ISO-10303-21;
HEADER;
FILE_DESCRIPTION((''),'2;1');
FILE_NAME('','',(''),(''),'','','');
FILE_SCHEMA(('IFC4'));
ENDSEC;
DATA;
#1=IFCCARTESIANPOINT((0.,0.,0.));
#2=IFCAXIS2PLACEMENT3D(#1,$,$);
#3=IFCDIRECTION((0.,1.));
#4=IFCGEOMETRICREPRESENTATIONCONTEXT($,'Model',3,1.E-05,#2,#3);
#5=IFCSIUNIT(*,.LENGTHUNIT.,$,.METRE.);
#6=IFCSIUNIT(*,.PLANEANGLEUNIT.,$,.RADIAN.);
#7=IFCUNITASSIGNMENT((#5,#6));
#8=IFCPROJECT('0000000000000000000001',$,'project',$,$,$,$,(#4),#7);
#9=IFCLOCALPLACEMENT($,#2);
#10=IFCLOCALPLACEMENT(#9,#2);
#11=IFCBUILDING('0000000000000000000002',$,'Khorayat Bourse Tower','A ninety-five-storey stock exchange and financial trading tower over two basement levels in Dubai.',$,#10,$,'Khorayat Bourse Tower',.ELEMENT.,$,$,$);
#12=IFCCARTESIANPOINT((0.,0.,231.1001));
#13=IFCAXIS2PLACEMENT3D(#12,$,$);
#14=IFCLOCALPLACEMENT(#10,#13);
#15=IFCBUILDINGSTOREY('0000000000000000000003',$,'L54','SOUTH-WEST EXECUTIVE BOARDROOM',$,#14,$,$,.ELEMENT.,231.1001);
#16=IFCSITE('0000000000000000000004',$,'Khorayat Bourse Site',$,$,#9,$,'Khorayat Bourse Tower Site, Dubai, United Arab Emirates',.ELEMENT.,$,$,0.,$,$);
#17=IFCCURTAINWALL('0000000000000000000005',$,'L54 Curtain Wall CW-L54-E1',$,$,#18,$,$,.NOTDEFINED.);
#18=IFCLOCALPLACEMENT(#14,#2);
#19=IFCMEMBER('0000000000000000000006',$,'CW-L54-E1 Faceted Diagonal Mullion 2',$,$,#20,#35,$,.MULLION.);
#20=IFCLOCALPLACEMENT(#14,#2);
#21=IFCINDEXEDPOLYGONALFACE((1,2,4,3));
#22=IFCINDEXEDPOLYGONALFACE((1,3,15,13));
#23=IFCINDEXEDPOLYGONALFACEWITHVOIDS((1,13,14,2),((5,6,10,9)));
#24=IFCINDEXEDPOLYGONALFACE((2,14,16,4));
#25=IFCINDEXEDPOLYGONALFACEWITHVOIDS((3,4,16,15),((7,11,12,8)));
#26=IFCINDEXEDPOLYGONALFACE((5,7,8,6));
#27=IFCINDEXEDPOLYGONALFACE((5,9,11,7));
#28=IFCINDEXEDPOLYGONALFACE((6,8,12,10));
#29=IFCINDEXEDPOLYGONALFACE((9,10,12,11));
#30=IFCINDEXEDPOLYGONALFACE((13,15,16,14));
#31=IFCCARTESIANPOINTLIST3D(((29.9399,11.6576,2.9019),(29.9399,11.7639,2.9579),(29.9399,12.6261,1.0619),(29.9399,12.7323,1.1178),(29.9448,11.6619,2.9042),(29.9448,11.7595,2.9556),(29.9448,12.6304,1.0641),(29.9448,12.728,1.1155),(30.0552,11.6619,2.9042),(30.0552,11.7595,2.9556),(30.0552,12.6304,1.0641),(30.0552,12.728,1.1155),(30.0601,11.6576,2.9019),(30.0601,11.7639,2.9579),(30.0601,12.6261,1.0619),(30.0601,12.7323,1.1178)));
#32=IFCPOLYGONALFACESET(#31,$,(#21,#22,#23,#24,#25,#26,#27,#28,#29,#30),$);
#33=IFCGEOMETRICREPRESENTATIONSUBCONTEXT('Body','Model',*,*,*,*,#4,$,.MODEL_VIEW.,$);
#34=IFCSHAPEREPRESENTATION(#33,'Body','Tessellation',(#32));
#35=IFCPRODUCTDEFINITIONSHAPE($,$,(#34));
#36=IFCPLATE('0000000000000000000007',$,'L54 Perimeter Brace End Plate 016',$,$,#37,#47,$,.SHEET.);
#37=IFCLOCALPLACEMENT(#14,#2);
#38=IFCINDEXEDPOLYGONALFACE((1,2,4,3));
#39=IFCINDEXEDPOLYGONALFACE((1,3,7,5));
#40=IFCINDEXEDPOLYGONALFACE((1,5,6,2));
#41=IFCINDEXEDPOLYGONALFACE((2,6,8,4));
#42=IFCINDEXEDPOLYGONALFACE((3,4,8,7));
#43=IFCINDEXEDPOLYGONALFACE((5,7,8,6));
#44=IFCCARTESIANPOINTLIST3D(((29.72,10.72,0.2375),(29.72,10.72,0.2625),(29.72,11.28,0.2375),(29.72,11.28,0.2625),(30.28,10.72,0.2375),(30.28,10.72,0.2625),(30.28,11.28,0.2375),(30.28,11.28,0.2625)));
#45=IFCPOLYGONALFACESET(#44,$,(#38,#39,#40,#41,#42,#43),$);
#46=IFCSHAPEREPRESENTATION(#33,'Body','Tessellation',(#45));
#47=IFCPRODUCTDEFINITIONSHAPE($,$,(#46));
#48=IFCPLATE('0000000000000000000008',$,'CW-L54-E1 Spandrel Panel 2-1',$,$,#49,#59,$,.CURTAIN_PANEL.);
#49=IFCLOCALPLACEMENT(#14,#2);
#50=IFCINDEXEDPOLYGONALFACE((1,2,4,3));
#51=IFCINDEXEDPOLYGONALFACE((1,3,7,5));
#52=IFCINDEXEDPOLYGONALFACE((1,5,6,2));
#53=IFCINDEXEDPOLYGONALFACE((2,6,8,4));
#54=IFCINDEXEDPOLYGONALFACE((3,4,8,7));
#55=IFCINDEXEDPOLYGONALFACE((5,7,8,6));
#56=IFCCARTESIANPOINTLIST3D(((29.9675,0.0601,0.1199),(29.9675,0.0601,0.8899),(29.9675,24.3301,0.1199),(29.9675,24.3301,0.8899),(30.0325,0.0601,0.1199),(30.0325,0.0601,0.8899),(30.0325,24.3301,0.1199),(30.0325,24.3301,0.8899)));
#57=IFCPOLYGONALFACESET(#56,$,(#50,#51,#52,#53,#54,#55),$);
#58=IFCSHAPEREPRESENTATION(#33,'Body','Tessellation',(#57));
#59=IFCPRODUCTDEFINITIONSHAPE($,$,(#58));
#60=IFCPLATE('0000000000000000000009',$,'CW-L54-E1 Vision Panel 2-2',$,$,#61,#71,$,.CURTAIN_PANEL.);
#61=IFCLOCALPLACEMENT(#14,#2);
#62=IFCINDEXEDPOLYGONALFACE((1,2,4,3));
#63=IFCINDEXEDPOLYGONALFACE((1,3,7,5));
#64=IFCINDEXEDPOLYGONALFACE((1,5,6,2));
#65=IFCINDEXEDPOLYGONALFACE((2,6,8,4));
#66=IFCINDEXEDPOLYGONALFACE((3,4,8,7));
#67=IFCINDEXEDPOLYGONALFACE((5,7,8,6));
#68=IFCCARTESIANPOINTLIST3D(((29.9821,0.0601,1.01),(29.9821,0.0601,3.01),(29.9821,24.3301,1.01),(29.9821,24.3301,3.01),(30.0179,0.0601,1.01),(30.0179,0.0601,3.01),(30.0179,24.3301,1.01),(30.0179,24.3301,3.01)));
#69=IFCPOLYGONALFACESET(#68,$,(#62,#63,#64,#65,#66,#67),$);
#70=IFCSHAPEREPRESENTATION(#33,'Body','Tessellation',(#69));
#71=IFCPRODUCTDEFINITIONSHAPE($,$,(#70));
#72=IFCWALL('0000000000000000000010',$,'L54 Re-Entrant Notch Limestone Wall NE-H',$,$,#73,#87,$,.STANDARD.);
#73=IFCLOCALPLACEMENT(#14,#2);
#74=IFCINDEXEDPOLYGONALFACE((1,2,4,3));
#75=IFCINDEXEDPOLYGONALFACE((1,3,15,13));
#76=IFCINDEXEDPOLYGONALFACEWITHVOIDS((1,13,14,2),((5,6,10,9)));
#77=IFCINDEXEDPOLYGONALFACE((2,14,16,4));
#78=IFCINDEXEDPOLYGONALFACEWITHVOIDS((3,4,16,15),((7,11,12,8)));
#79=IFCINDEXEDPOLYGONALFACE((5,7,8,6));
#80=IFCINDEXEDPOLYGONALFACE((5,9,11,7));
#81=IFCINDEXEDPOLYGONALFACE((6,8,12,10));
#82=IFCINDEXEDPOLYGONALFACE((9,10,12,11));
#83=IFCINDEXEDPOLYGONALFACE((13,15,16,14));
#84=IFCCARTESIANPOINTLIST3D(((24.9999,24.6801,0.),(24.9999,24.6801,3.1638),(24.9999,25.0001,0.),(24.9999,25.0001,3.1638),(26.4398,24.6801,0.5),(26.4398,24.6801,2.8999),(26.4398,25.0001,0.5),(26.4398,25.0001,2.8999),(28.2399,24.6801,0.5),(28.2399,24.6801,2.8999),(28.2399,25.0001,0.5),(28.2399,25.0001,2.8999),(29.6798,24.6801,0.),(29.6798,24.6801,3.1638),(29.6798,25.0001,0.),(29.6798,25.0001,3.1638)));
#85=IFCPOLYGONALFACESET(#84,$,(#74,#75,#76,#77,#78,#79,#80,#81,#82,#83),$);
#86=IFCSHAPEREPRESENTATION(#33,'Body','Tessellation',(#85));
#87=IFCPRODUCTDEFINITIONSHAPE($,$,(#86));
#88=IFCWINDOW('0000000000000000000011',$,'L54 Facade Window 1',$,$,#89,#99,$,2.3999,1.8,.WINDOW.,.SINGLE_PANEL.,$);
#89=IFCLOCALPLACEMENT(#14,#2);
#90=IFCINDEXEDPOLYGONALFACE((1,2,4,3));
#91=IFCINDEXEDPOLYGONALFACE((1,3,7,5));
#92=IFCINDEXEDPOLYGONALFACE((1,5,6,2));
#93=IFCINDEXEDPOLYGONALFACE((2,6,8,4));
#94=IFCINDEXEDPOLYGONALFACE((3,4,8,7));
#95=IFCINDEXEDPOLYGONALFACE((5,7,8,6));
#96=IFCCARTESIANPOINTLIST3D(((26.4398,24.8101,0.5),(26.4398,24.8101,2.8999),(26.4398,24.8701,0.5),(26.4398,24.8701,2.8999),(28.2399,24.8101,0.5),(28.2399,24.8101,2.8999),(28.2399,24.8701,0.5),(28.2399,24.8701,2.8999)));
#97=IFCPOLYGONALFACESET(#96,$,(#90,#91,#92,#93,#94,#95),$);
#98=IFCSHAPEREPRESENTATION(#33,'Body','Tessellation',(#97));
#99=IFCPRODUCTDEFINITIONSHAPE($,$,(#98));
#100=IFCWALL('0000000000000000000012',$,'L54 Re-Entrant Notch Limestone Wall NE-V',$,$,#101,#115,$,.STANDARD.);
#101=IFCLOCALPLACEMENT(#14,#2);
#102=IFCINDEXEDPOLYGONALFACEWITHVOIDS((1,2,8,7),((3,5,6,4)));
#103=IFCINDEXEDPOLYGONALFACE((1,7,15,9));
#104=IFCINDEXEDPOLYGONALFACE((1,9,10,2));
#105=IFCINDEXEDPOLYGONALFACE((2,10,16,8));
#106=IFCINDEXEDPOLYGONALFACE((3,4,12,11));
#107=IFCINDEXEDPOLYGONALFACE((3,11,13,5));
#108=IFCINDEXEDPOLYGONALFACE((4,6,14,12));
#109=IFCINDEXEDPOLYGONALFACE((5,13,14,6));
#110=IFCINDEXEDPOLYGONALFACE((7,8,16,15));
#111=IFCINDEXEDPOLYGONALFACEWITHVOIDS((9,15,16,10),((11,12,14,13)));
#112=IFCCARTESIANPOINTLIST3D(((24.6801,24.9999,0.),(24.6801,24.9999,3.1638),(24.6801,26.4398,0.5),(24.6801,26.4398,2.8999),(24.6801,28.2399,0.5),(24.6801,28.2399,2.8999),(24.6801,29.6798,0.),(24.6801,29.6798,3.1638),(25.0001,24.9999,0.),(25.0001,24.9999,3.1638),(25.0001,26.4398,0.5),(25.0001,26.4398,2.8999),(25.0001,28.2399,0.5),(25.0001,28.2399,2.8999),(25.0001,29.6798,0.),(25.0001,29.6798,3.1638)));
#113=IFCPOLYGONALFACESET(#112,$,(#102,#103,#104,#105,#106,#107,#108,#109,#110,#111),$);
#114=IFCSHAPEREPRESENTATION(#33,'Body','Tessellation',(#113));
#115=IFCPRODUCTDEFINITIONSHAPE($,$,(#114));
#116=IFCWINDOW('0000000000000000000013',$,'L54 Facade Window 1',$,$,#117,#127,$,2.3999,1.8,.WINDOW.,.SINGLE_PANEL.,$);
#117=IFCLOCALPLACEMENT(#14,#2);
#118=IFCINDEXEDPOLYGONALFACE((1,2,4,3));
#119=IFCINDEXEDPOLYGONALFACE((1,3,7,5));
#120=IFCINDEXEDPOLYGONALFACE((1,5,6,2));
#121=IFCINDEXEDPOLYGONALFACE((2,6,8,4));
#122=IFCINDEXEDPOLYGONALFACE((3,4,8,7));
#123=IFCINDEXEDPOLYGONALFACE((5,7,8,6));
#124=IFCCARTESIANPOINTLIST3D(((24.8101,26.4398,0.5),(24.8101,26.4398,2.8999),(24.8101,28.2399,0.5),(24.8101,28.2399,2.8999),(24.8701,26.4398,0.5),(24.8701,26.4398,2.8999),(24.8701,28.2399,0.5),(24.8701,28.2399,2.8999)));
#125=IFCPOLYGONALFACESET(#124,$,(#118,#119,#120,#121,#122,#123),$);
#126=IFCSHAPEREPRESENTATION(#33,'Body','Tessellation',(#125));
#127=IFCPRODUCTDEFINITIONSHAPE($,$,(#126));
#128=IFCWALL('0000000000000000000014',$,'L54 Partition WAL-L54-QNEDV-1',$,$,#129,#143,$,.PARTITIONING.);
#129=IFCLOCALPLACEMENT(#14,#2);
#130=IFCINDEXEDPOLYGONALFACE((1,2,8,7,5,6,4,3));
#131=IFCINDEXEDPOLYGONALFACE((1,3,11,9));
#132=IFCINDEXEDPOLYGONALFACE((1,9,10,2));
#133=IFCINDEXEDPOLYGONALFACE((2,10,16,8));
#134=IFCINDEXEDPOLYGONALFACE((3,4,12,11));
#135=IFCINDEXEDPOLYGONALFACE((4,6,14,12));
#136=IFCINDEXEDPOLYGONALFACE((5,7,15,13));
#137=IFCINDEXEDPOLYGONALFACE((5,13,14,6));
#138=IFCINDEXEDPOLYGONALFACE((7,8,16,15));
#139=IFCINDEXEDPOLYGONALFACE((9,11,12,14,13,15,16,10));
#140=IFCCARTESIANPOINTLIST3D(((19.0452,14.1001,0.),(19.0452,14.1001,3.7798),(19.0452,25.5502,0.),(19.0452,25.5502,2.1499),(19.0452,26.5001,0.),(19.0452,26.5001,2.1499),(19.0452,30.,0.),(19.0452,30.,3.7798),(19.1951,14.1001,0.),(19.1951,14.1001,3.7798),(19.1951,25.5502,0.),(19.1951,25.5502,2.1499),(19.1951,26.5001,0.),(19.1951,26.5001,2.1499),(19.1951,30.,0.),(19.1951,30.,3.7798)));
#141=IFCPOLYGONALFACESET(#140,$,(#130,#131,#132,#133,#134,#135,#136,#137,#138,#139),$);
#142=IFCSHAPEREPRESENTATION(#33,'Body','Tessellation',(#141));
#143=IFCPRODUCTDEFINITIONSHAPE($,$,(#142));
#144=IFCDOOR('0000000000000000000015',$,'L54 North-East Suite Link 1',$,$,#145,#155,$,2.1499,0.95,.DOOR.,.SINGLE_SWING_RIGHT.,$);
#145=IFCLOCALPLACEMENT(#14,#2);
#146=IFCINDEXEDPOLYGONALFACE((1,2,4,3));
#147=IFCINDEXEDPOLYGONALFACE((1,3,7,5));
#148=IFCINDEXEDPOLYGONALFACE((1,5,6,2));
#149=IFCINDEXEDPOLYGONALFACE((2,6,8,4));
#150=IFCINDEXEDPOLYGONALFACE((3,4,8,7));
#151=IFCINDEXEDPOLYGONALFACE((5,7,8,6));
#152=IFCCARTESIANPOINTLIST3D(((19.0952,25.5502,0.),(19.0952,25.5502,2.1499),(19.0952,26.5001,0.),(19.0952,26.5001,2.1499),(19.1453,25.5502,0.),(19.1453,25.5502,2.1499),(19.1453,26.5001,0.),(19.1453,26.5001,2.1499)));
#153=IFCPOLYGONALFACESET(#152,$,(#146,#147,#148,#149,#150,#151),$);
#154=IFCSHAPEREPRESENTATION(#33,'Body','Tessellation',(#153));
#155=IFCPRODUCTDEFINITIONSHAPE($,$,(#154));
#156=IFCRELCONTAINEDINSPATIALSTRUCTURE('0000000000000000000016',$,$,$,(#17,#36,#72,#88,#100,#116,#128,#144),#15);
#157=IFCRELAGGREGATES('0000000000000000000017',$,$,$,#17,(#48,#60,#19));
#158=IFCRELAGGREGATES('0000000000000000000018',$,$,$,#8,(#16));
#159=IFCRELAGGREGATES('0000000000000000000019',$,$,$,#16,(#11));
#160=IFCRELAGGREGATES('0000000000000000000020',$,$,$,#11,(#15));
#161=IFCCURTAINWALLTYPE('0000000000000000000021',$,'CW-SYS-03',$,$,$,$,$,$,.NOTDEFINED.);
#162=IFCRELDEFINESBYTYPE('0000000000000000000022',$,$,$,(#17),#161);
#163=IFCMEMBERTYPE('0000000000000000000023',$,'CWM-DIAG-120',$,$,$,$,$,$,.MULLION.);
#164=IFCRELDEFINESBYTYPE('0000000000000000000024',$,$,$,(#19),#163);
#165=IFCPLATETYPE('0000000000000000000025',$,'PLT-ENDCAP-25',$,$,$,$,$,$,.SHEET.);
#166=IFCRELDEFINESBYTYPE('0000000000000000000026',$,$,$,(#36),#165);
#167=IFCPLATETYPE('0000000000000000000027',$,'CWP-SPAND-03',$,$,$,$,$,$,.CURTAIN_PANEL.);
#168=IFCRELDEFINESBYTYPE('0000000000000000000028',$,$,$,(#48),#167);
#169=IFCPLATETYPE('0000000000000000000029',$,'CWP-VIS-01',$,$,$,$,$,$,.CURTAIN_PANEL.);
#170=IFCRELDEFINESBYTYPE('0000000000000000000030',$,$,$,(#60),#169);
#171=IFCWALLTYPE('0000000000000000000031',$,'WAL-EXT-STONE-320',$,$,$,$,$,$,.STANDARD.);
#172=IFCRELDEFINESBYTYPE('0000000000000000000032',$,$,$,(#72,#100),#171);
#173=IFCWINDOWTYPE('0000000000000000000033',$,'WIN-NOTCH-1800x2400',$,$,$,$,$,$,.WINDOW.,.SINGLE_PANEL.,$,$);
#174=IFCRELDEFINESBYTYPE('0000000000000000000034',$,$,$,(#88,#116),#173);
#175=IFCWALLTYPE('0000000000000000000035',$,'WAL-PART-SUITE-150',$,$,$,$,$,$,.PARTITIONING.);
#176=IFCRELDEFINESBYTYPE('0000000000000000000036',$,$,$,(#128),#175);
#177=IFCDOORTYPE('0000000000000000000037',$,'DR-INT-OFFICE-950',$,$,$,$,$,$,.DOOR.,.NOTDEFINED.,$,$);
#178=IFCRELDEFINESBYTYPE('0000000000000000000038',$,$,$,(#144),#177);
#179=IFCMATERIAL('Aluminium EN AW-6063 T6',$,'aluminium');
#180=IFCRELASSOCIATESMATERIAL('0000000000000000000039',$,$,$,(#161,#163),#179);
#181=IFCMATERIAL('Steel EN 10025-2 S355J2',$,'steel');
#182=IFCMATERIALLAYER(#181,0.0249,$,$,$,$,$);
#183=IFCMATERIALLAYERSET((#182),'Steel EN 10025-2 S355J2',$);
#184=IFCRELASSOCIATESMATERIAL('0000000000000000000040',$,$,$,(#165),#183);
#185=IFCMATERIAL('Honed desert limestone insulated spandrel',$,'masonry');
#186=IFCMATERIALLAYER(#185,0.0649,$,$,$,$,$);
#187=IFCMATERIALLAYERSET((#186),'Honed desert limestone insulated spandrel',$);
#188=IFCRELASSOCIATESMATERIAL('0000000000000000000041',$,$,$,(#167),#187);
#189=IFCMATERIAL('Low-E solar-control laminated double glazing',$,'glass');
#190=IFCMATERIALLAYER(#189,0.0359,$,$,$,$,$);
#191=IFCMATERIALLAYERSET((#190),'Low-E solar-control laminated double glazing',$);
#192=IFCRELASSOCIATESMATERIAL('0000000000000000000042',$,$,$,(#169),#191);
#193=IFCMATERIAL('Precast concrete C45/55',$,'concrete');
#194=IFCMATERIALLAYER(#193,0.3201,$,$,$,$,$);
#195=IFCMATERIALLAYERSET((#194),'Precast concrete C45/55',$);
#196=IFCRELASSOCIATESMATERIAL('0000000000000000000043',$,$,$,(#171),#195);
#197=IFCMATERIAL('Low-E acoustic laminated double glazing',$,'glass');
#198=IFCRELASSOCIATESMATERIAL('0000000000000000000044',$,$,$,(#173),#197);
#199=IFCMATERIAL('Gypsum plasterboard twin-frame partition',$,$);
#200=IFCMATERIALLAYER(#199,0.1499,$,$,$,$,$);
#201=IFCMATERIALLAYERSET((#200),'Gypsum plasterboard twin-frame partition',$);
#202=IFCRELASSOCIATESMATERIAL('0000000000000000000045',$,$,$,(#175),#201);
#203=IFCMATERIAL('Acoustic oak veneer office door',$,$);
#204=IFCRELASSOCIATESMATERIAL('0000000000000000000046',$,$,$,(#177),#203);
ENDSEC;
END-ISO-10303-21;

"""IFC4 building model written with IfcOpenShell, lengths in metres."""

from ifc_helpers import new_model, si_unit, direction, frame, frame_2d, origin, origin_2d, place, context, subcontext, project, spatial, rectangle, hollow_rectangle, extrude, source, transform, mapped, material, layer, layer_set, material_profile, profile_set, type_object, element, fill, aggregate, save


model = new_model("IFC4")

# Units and contexts
model_context = context("Model", 3, precision=1e-05, world=origin(), true_north=direction((0.0, 1.0)))
body_context = subcontext(model_context, "Body", "Model", "MODEL_VIEW")
ifc_project = project(units=[si_unit("LENGTHUNIT", "METRE"), si_unit("PLANEANGLEUNIT", "RADIAN")], contexts=[model_context])

# Site, building, storey
site_placement = place(None, origin())
site = spatial("IfcSite", under=ifc_project, at=site_placement, Name="Khorayat Bourse Site", LongName="Khorayat Bourse Tower Site, Dubai, United Arab Emirates", CompositionType="ELEMENT", RefElevation=0.0)
building_placement = place(site_placement, origin())
building = spatial("IfcBuilding", under=site, at=building_placement, Name="Khorayat Bourse Tower", Description="A ninety-five-storey stock exchange and financial trading tower over two basement levels in Dubai.", LongName="Khorayat Bourse Tower", CompositionType="ELEMENT")
storey_placement = place(building_placement, frame((0.0, 0.0, 231.1001)))
storey = spatial("IfcBuildingStorey", under=building, at=storey_placement, Name="L54", Description="SOUTH-WEST EXECUTIVE BOARDROOM", CompositionType="ELEMENT", Elevation=231.1001)

# Shared definitions
ifc_material_1 = material(Name="Aluminium EN AW-6063 T6", Category="aluminium")
curtain_wall_type = type_object("IfcCurtainWallType", Name="CW-SYS-03", PredefinedType="NOTDEFINED", material=ifc_material_1)

# Curtain wall, member
curtain_wall_1_placement = place(storey_placement, origin())
curtain_wall_1 = element("IfcCurtainWall", 1, at=curtain_wall_1_placement, inside=storey, type_object=curtain_wall_type, Name="L54 Curtain Wall CW-L54-E1", PredefinedType="NOTDEFINED")
ifc_material_profile_1 = material_profile(ifc_material_1, hollow_rectangle(XDim=0.1201, YDim=0.1201, WallThickness=0.0049, at=origin_2d()), Name="ALU 120x120x5")
ifc_profile_set_1 = profile_set([ifc_material_profile_1], Name="Aluminium EN AW-6063 T6")
member_type_1 = type_object("IfcMemberType", Name="CWM-DIAG-120", PredefinedType="MULLION", material=ifc_profile_set_1)
shared_shape_1 = source(origin(), body_context, "Body", "SweptSolid", [
    extrude(hollow_rectangle(XDim=0.1201, YDim=0.1201, WallThickness=0.0049, at=origin_2d()), origin(), (0.0, 0.0, 1.0), 2.0793),
])
member_1_placement = place(storey_placement, frame((30.0, 12.6792, 1.0898), z_axis=(0.0, -0.465761, 0.884911), x_axis=(1.0, 0.0, 0.0)))
member_1 = element("IfcMember", 2, at=member_1_placement, type_object=member_type_1, Name="CW-L54-E1 Faceted Diagonal Mullion 2", PredefinedType="MULLION", context=body_context, shape_type="MappedRepresentation", body=[
    mapped(shared_shape_1, transform((0.0, 0.0, 0.0), scale=1.0)),
])

# Plates
ifc_material_2 = material(Name="Steel EN 10025-2 S355J2", Category="steel")
ifc_layer_1 = layer(ifc_material_2, 0.0249)
ifc_layer_set_1 = layer_set([ifc_layer_1], Name="Steel EN 10025-2 S355J2")
plate_type_1 = type_object("IfcPlateType", Name="PLT-ENDCAP-25", PredefinedType="SHEET", material=ifc_layer_set_1)
shared_shape_2 = source(origin(), body_context, "Body", "SweptSolid", [
    extrude(rectangle(XDim=0.5601, YDim=0.5601, at=origin_2d()), origin(), (0.0, 0.0, 1.0), 0.0249),
])
plate_1_placement = place(storey_placement, frame((30.0, 11.0, 0.2375), z_axis=(0.0, 0.0, 1.0), x_axis=(1.0, 0.0, 0.0)))
element("IfcPlate", 3, at=plate_1_placement, inside=storey, type_object=plate_type_1, Name="L54 Perimeter Brace End Plate 016", PredefinedType="SHEET", context=body_context, shape_type="MappedRepresentation", body=[
    mapped(shared_shape_2, transform((0.0, 0.0, 0.0), scale=1.0)),
])
ifc_material_3 = material(Name="Honed desert limestone insulated spandrel", Category="masonry")
ifc_layer_2 = layer(ifc_material_3, 0.0649)
ifc_layer_set_2 = layer_set([ifc_layer_2], Name="Honed desert limestone insulated spandrel")
plate_type_2 = type_object("IfcPlateType", Name="CWP-SPAND-03", PredefinedType="CURTAIN_PANEL", material=ifc_layer_set_2)
shared_shape_3 = source(origin(), body_context, "Body", "SweptSolid", [
    extrude(rectangle(XDim=24.27, YDim=0.0649, at=origin_2d()), origin(), (0.0, 0.0, 1.0), 0.77),
])
plate_2_placement = place(storey_placement, frame((30.0, 12.1951, 0.1199), z_axis=(0.0, 0.0, 1.0), x_axis=(0.0, 1.0, 0.0)))
plate_2 = element("IfcPlate", 4, at=plate_2_placement, type_object=plate_type_2, Name="CW-L54-E1 Spandrel Panel 2-1", PredefinedType="CURTAIN_PANEL", context=body_context, shape_type="MappedRepresentation", body=[
    mapped(shared_shape_3, transform((0.0, 0.0, 0.0), scale=1.0)),
])
ifc_material_4 = material(Name="Low-E solar-control laminated double glazing", Category="glass")
ifc_layer_3 = layer(ifc_material_4, 0.0359)
ifc_layer_set_3 = layer_set([ifc_layer_3], Name="Low-E solar-control laminated double glazing")
plate_type_3 = type_object("IfcPlateType", Name="CWP-VIS-01", PredefinedType="CURTAIN_PANEL", material=ifc_layer_set_3)
shared_shape_4 = source(origin(), body_context, "Body", "SweptSolid", [
    extrude(rectangle(XDim=24.27, YDim=0.0359, at=origin_2d()), origin(), (0.0, 0.0, 1.0), 2.0),
])
plate_3_placement = place(storey_placement, frame((30.0, 12.1951, 1.01), z_axis=(0.0, 0.0, 1.0), x_axis=(0.0, 1.0, 0.0)))
plate_3 = element("IfcPlate", 5, at=plate_3_placement, type_object=plate_type_3, Name="CW-L54-E1 Vision Panel 2-2", PredefinedType="CURTAIN_PANEL", context=body_context, shape_type="MappedRepresentation", body=[
    mapped(shared_shape_4, transform((0.0, 0.0, 0.0), scale=1.0)),
])
aggregate(curtain_wall_1, [plate_2, plate_3, member_1])

# Walls, openings, windows
ifc_material_5 = material(Name="Precast concrete C45/55", Category="concrete")
ifc_layer_4 = layer(ifc_material_5, 0.3201)
ifc_layer_set_4 = layer_set([ifc_layer_4], Name="Precast concrete C45/55")
wall_type_1 = type_object("IfcWallType", Name="WAL-EXT-STONE-320", PredefinedType="STANDARD", material=ifc_layer_set_4)
shared_shape_5 = source(origin(), body_context, "Body", "SweptSolid", [
    extrude(rectangle(XDim=4.6799, YDim=0.3201, at=frame_2d((2.3398, 0.0))), origin(), (0.0, 0.0, 1.0), 3.1638),
])
wall_1_placement = place(storey_placement, frame((25.0, 24.8401, 0.0), z_axis=(0.0, 0.0, 1.0), x_axis=(1.0, 0.0, 0.0)))
wall_1 = element("IfcWall", 6, at=wall_1_placement, inside=storey, type_object=wall_type_1, Name="L54 Re-Entrant Notch Limestone Wall NE-H", PredefinedType="STANDARD", context=body_context, shape_type="MappedRepresentation", body=[
    mapped(shared_shape_5, transform((0.0, 0.0, 0.0), scale=1.0)),
])
shared_shape_6 = source(origin(), body_context, "Body", "SweptSolid", [
    extrude(rectangle(XDim=1.8, YDim=2.3999, at=frame_2d((0.8999, 1.2))), frame((0.0, 0.1699, 0.0), z_axis=(0.0, -1.0, 0.0), x_axis=(1.0, 0.0, 0.0)), (0.0, 0.0, 1.0), 0.3401),
])
opening_1_placement = place(wall_1_placement, frame((1.4399, 0.0, 0.5)))
opening_1 = element("IfcOpeningElement", 7, at=opening_1_placement, cuts=wall_1, PredefinedType="OPENING", context=body_context, shape_type="MappedRepresentation", body=[
    mapped(shared_shape_6, transform((0.0, 0.0, 0.0), scale=1.0)),
])
ifc_material_6 = material(Name="Low-E acoustic laminated double glazing", Category="glass")
window_type = type_object("IfcWindowType", Name="WIN-NOTCH-1800x2400", PartitioningType="SINGLE_PANEL", PredefinedType="WINDOW", material=ifc_material_6)
shared_shape_7 = source(origin(), body_context, "Body", "SweptSolid", [
    extrude(rectangle(XDim=1.8, YDim=2.3999, at=frame_2d((0.8999, 1.2))), frame((0.0, 0.03, 0.0), z_axis=(0.0, -1.0, 0.0), x_axis=(1.0, 0.0, 0.0)), (0.0, 0.0, 1.0), 0.0601),
])
window_1_placement = place(opening_1_placement, origin())
window_1 = element("IfcWindow", 8, at=window_1_placement, inside=storey, type_object=window_type, Name="L54 Facade Window 1", OverallHeight=2.3999, OverallWidth=1.8, PartitioningType="SINGLE_PANEL", PredefinedType="WINDOW", context=body_context, shape_type="MappedRepresentation", body=[
    mapped(shared_shape_7, transform((0.0, 0.0, 0.0), scale=1.0)),
])
fill(opening_1, window_1)
wall_2_placement = place(storey_placement, frame((24.8401, 25.0, 0.0), z_axis=(0.0, 0.0, 1.0), x_axis=(0.0, 1.0, 0.0)))
wall_2 = element("IfcWall", 9, at=wall_2_placement, inside=storey, type_object=wall_type_1, Name="L54 Re-Entrant Notch Limestone Wall NE-V", PredefinedType="STANDARD", context=body_context, shape_type="MappedRepresentation", body=[
    mapped(shared_shape_5, transform((0.0, 0.0, 0.0), scale=1.0)),
])
opening_2_placement = place(wall_2_placement, frame((1.4399, 0.0, 0.5)))
opening_2 = element("IfcOpeningElement", 10, at=opening_2_placement, cuts=wall_2, PredefinedType="OPENING", context=body_context, shape_type="MappedRepresentation", body=[
    mapped(shared_shape_6, transform((0.0, 0.0, 0.0), scale=1.0)),
])
window_2_placement = place(opening_2_placement, origin())
window_2 = element("IfcWindow", 11, at=window_2_placement, inside=storey, type_object=window_type, Name="L54 Facade Window 1", OverallHeight=2.3999, OverallWidth=1.8, PartitioningType="SINGLE_PANEL", PredefinedType="WINDOW", context=body_context, shape_type="MappedRepresentation", body=[
    mapped(shared_shape_7, transform((0.0, 0.0, 0.0), scale=1.0)),
])
fill(opening_2, window_2)

# Wall, opening, door
ifc_material_7 = material(Name="Gypsum plasterboard twin-frame partition")
ifc_layer_5 = layer(ifc_material_7, 0.1499)
ifc_layer_set_5 = layer_set([ifc_layer_5], Name="Gypsum plasterboard twin-frame partition")
wall_type_2 = type_object("IfcWallType", Name="WAL-PART-SUITE-150", PredefinedType="PARTITIONING", material=ifc_layer_set_5)
shared_shape_8 = source(origin(), body_context, "Body", "SweptSolid", [
    extrude(rectangle(XDim=15.8999, YDim=0.1499, at=frame_2d((7.95, 0.0))), origin(), (0.0, 0.0, 1.0), 3.7798),
])
wall_3_placement = place(storey_placement, frame((19.1201, 14.1001, 0.0), z_axis=(0.0, 0.0, 1.0), x_axis=(0.0, 1.0, 0.0)))
wall_3 = element("IfcWall", 12, at=wall_3_placement, inside=storey, type_object=wall_type_2, Name="L54 Partition WAL-L54-QNEDV-1", PredefinedType="PARTITIONING", context=body_context, shape_type="MappedRepresentation", body=[
    mapped(shared_shape_8, transform((0.0, 0.0, 0.0), scale=1.0)),
])
shared_shape_9 = source(origin(), body_context, "Body", "SweptSolid", [
    extrude(rectangle(XDim=0.95, YDim=2.1499, at=frame_2d((0.4751, 1.075))), frame((0.0, 0.085, 0.0), z_axis=(0.0, -1.0, 0.0), x_axis=(1.0, 0.0, 0.0)), (0.0, 0.0, 1.0), 0.1699),
])
opening_3_placement = place(wall_3_placement, frame((11.45, 0.0, 0.0)))
opening_3 = element("IfcOpeningElement", 13, at=opening_3_placement, cuts=wall_3, PredefinedType="OPENING", context=body_context, shape_type="MappedRepresentation", body=[
    mapped(shared_shape_9, transform((0.0, 0.0, 0.0), scale=1.0)),
])
ifc_material_8 = material(Name="Acoustic oak veneer office door")
door_type = type_object("IfcDoorType", Name="DR-INT-OFFICE-950", OperationType="NOTDEFINED", PredefinedType="DOOR", material=ifc_material_8)
shared_shape_10 = source(origin(), body_context, "Body", "SweptSolid", [
    extrude(rectangle(XDim=0.95, YDim=2.1499, at=frame_2d((0.4751, 1.075))), frame((0.0, 0.0249, 0.0), z_axis=(0.0, -1.0, 0.0), x_axis=(1.0, 0.0, 0.0)), (0.0, 0.0, 1.0), 0.05),
])
door_1_placement = place(opening_3_placement, origin())
door_1 = element("IfcDoor", 14, at=door_1_placement, inside=storey, type_object=door_type, Name="L54 North-East Suite Link 1", OperationType="SINGLE_SWING_RIGHT", OverallHeight=2.1499, OverallWidth=0.95, PredefinedType="DOOR", context=body_context, shape_type="MappedRepresentation", body=[
    mapped(shared_shape_10, transform((0.0, 0.0, 0.0), scale=1.0)),
])
fill(opening_3, door_1)

save(model, "model.ifc")
